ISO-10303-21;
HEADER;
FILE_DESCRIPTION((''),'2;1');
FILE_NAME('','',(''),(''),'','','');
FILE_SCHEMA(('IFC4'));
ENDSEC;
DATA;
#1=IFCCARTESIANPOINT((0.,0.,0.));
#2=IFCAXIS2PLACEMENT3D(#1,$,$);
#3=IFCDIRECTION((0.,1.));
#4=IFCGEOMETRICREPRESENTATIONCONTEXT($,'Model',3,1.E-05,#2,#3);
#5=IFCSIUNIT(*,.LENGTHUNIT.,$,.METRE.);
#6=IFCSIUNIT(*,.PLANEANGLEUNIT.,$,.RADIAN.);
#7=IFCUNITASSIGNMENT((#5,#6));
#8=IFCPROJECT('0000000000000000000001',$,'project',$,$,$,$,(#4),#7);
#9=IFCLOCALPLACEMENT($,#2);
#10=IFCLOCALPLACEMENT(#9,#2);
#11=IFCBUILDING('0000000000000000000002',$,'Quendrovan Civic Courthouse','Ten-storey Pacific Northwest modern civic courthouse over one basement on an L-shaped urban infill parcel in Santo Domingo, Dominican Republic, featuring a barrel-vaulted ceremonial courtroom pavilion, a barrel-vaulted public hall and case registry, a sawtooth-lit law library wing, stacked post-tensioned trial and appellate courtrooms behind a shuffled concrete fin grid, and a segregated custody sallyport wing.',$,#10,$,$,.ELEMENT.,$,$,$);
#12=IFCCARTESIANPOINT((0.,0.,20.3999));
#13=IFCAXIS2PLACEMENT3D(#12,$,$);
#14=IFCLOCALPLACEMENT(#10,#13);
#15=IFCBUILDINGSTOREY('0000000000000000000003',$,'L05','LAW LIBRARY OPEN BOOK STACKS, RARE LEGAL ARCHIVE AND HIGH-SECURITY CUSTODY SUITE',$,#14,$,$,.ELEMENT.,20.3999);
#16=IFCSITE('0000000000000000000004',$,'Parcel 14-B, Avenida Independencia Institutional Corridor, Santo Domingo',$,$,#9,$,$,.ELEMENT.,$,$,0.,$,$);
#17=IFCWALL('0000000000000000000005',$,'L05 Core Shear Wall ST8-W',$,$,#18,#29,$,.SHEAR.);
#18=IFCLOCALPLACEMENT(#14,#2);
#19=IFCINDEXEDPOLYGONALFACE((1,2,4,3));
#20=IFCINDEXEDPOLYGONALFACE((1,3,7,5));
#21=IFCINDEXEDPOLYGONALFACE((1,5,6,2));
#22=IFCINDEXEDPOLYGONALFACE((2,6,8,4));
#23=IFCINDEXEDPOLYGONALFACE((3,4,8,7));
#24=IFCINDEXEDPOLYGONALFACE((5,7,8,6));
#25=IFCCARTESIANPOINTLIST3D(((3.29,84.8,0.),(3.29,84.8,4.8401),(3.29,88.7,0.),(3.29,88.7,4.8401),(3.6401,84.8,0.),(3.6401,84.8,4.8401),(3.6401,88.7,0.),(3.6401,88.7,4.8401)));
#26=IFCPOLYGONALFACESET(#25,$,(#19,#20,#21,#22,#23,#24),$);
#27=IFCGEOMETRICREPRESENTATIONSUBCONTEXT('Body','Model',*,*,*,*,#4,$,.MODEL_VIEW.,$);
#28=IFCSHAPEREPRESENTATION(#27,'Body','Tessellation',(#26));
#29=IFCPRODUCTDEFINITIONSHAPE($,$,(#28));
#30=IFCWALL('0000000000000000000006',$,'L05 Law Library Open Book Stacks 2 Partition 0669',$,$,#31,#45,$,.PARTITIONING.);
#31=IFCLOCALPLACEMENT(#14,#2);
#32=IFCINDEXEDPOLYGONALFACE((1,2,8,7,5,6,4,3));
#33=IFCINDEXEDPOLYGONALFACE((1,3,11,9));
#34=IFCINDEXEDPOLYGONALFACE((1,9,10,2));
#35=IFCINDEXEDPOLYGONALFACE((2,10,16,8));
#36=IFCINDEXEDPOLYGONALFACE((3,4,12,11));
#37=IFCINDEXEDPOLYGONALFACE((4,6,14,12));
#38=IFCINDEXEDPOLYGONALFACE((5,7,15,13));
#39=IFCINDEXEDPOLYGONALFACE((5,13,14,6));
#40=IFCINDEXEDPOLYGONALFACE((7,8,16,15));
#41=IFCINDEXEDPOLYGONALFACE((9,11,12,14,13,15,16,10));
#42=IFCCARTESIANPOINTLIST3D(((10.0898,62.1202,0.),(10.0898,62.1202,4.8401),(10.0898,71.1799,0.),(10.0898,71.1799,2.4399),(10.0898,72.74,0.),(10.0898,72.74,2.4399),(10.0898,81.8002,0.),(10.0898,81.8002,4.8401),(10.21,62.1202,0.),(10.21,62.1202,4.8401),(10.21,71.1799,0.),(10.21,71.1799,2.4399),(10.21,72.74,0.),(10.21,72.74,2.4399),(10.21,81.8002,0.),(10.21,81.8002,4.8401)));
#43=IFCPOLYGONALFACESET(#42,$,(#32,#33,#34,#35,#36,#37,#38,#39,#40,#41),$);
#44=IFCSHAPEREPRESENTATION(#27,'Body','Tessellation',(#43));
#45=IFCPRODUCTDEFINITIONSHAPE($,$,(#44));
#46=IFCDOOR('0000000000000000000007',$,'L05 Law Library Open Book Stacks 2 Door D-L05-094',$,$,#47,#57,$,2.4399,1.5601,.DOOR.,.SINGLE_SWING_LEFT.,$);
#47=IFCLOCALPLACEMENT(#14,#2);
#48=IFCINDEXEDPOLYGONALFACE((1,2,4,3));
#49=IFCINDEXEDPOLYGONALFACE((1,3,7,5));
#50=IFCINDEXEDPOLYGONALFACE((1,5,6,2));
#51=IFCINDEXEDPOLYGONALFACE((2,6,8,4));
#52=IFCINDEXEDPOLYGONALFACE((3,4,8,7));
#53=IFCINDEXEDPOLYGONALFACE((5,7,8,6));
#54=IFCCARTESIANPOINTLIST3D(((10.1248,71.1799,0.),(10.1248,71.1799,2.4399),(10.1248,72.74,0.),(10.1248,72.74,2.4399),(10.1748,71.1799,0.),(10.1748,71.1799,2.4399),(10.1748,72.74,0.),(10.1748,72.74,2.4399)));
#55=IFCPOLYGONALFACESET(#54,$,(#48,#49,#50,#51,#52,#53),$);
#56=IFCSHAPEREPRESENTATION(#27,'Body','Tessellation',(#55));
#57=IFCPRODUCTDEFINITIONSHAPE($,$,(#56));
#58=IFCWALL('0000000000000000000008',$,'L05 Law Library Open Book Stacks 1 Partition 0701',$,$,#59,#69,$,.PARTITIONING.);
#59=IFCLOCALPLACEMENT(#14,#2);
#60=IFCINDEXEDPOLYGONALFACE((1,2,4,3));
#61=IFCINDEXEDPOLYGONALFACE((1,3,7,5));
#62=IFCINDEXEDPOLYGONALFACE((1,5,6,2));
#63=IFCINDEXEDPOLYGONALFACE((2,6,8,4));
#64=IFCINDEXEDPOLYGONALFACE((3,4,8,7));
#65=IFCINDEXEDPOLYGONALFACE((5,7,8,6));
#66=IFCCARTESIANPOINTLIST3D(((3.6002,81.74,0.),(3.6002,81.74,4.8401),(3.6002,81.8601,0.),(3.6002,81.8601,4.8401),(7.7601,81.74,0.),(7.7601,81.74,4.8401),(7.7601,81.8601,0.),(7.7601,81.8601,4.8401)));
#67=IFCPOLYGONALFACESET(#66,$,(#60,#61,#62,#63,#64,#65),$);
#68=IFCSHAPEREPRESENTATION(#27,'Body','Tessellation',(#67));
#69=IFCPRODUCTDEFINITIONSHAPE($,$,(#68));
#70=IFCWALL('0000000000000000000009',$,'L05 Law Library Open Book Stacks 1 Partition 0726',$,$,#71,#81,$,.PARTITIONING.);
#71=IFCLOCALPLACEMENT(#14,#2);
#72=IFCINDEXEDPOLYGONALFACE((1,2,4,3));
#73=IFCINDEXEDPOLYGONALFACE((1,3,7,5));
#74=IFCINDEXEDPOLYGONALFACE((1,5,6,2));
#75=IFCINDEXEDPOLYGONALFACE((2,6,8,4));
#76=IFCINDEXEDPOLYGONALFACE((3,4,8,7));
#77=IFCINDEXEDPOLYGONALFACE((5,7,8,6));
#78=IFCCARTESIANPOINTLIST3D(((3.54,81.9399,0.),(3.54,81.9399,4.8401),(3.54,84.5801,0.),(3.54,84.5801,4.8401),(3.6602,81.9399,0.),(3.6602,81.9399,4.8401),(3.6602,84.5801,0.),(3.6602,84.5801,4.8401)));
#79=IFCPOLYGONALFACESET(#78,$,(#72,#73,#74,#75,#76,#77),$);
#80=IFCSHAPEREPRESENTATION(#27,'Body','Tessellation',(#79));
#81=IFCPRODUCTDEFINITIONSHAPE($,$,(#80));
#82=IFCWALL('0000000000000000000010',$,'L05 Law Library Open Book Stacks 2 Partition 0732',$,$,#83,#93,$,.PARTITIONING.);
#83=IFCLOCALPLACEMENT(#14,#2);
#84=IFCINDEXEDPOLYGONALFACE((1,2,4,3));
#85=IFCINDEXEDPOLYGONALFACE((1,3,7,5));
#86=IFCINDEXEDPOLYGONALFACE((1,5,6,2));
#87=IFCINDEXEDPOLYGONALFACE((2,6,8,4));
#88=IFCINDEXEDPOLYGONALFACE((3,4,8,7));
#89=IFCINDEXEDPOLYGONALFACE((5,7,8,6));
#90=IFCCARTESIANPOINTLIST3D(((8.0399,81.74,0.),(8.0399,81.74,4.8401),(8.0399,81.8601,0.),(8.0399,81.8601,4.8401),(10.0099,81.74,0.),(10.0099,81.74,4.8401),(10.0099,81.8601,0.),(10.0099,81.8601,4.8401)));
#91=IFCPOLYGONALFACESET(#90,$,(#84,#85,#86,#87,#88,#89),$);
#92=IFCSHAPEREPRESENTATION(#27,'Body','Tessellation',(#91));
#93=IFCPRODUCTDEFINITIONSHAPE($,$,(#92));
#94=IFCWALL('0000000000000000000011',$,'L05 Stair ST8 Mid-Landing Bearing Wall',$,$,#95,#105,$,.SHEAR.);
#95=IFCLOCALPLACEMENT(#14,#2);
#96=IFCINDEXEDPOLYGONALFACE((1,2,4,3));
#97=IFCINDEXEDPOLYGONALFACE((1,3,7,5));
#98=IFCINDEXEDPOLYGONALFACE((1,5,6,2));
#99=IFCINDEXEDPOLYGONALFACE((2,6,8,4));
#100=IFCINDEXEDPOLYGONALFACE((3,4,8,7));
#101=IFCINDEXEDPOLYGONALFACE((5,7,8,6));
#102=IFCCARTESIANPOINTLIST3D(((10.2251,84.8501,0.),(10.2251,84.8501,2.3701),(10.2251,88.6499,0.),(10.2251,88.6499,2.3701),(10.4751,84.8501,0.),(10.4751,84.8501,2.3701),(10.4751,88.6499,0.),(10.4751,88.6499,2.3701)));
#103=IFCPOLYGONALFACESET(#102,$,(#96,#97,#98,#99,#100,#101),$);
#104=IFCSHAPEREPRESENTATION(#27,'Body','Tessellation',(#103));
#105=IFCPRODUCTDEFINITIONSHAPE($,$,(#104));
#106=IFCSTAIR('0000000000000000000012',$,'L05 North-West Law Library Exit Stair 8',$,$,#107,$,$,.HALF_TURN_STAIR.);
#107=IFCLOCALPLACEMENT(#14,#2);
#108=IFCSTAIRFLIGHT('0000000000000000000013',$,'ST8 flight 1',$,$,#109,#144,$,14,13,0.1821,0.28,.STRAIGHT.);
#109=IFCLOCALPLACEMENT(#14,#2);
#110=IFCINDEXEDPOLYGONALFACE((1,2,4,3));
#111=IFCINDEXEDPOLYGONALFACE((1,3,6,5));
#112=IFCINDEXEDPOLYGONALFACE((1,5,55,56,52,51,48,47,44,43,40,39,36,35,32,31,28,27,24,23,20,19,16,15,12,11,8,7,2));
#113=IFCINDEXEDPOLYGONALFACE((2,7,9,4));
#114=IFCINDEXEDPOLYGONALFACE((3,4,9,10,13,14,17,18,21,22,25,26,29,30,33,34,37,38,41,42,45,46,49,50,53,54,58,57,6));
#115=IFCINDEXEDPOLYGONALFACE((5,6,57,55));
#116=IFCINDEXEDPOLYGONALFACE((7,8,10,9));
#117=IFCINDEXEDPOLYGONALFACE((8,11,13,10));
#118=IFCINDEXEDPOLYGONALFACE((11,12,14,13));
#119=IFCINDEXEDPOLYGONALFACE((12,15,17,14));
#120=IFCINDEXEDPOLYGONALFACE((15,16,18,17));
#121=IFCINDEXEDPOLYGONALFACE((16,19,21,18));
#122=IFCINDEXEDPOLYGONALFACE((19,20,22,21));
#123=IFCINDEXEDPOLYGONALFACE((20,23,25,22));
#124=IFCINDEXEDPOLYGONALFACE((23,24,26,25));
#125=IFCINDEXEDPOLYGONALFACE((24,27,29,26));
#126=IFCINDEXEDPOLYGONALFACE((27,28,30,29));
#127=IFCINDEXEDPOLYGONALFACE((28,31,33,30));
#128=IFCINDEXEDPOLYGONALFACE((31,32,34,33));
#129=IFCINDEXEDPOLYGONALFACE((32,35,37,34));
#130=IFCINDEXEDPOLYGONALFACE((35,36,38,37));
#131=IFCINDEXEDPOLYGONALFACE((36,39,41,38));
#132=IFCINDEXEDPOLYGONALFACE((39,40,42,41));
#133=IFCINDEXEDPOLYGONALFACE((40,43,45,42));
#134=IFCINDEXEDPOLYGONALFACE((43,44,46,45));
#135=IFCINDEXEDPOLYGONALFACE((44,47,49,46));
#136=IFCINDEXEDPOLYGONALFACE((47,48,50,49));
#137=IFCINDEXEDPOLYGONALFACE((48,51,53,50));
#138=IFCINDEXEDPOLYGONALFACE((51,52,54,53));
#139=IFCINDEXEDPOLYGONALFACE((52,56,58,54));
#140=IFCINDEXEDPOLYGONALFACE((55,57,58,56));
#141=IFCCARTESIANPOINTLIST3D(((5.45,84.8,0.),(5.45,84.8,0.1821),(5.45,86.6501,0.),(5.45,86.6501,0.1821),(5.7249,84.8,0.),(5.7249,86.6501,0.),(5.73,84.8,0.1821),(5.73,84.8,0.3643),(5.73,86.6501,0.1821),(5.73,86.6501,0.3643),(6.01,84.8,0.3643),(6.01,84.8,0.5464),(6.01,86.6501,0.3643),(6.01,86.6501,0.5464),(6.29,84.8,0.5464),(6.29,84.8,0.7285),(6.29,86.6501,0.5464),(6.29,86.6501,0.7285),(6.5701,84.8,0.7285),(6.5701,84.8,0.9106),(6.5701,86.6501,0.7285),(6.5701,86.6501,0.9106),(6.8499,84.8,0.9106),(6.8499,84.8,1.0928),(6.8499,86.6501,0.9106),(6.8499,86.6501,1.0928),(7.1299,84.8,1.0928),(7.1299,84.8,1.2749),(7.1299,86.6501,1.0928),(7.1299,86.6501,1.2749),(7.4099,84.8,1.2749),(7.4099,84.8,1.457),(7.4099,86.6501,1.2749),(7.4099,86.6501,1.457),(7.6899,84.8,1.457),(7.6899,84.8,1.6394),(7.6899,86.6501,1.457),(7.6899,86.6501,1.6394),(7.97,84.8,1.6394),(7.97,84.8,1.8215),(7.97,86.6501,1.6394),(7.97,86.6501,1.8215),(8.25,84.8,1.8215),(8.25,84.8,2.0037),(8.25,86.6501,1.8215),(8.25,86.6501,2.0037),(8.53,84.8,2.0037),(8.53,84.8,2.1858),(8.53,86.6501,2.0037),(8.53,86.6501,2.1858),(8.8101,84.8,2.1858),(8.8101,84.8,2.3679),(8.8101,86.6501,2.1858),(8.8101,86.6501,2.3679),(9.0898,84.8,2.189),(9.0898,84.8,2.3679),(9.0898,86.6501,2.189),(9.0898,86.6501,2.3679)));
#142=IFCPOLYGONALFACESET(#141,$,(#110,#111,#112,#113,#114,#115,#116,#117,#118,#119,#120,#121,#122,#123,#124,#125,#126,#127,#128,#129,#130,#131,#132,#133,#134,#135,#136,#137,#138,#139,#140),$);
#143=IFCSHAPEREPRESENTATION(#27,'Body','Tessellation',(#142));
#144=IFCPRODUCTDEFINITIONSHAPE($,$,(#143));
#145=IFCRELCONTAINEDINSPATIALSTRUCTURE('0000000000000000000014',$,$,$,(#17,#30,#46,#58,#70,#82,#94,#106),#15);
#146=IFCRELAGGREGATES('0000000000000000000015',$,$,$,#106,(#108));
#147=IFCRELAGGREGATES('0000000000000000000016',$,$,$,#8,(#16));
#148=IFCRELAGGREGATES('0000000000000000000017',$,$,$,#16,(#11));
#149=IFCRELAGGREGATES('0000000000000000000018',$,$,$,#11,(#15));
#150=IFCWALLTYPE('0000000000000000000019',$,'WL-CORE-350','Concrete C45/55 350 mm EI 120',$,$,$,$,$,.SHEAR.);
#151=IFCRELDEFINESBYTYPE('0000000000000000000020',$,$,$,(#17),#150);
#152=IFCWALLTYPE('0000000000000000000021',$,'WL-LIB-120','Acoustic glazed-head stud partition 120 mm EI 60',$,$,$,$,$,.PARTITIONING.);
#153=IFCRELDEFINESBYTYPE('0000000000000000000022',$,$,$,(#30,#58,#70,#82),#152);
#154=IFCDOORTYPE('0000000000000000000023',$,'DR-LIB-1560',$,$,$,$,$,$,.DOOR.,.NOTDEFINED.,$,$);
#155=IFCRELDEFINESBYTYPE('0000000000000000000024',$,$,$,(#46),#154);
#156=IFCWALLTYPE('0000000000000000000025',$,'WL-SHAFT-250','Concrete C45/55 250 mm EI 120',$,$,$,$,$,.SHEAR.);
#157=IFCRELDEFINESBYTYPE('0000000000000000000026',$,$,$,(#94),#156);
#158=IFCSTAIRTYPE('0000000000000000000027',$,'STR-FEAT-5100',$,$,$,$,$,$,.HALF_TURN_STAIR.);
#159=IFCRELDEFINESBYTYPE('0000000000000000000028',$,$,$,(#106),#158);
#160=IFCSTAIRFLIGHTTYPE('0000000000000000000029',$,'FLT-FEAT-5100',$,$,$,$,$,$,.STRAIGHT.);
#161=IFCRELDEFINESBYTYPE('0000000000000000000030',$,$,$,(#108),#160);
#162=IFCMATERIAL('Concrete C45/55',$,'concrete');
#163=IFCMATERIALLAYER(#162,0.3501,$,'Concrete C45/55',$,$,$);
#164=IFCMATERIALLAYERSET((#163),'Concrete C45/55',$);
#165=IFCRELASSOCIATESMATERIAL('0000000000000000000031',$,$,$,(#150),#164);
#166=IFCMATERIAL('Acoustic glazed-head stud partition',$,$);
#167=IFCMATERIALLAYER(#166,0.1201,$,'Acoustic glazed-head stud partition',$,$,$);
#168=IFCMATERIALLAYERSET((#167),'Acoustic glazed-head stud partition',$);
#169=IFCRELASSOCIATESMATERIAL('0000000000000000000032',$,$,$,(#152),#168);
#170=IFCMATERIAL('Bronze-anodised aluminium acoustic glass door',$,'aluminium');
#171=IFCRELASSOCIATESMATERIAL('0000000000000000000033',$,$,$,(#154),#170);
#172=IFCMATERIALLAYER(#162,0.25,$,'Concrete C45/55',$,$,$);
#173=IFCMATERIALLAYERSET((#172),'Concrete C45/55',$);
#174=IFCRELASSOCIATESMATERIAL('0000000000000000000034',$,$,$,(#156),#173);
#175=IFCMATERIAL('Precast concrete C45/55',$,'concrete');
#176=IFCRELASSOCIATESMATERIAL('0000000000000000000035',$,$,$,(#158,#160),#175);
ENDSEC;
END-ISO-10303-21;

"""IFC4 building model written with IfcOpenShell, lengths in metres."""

from ifc_helpers import new_model, si_unit, direction, frame, frame_2d, origin, place, context, subcontext, project, spatial, polyline, rectangle, outline, extrude, material, layer, layer_set, type_object, element, fill, aggregate, save


model = new_model("IFC4")

# Units and contexts
model_context = context("Model", 3, precision=1e-05, world=origin(), true_north=direction((0.0, 1.0)))
body_context = subcontext(model_context, "Body", "Model", "MODEL_VIEW")
ifc_project = project(units=[si_unit("LENGTHUNIT", "METRE"), si_unit("PLANEANGLEUNIT", "RADIAN")], contexts=[model_context])

# Site, building, storey
site_placement = place(None, origin())
site = spatial("IfcSite", under=ifc_project, at=site_placement, Name="Parcel 14-B, Avenida Independencia Institutional Corridor, Santo Domingo", CompositionType="ELEMENT", RefElevation=0.0)
building_placement = place(site_placement, origin())
building = spatial("IfcBuilding", under=site, at=building_placement, Name="Quendrovan Civic Courthouse", Description="Ten-storey Pacific Northwest modern civic courthouse over one basement on an L-shaped urban infill parcel in Santo Domingo, Dominican Republic, featuring a barrel-vaulted ceremonial courtroom pavilion, a barrel-vaulted public hall and case registry, a sawtooth-lit law library wing, stacked post-tensioned trial and appellate courtrooms behind a shuffled concrete fin grid, and a segregated custody sallyport wing.", CompositionType="ELEMENT")
storey_placement = place(building_placement, frame((0.0, 0.0, 20.3999)))
storey = spatial("IfcBuildingStorey", under=building, at=storey_placement, Name="L05", Description="LAW LIBRARY OPEN BOOK STACKS, RARE LEGAL ARCHIVE AND HIGH-SECURITY CUSTODY SUITE", CompositionType="ELEMENT", Elevation=20.3999)

# Shared definitions
ifc_material_1 = material(Name="Concrete C45/55", Category="concrete")

# Shared definitions
ifc_layer_1 = layer(ifc_material_1, 0.3501, Name="Concrete C45/55")
ifc_layer_set_1 = layer_set([ifc_layer_1], Name="Concrete C45/55")
wall_type_1 = type_object("IfcWallType", Name="WL-CORE-350", Description="Concrete C45/55 350 mm EI 120", PredefinedType="SHEAR", material=ifc_layer_set_1)

# Wall
wall_1_placement = place(storey_placement, frame((3.4651, 84.8, 0.0), z_axis=(0.0, 0.0, 1.0), x_axis=(0.0, 1.0, 0.0)))
element("IfcWall", 1, at=wall_1_placement, inside=storey, type_object=wall_type_1, Name="L05 Core Shear Wall ST8-W", PredefinedType="SHEAR", context=body_context, shape_type="SweptSolid", body=[
    extrude(rectangle(XDim=3.8999, YDim=0.3501, at=frame_2d((1.95, 0.0))), origin(), (0.0, 0.0, 1.0), 4.8401),
])
ifc_material_2 = material(Name="Acoustic glazed-head stud partition")
ifc_layer_2 = layer(ifc_material_2, 0.1201, Name="Acoustic glazed-head stud partition")
ifc_layer_set_2 = layer_set([ifc_layer_2], Name="Acoustic glazed-head stud partition")
wall_type_2 = type_object("IfcWallType", Name="WL-LIB-120", Description="Acoustic glazed-head stud partition 120 mm EI 60", PredefinedType="PARTITIONING", material=ifc_layer_set_2)

# Wall, opening, door
wall_2_placement = place(storey_placement, frame((10.1499, 81.8, 0.0), z_axis=(0.0, 0.0, 1.0), x_axis=(0.0, -1.0, 0.0)))
wall_2 = element("IfcWall", 2, at=wall_2_placement, inside=storey, type_object=wall_type_2, Name="L05 Law Library Open Book Stacks 2 Partition 0669", PredefinedType="PARTITIONING", context=body_context, shape_type="SweptSolid", body=[
    extrude(rectangle(XDim=19.6799, YDim=0.1201, at=frame_2d((9.8398, 0.0))), origin(), (0.0, 0.0, 1.0), 4.8401),
])
opening_1_placement = place(wall_2_placement, frame((9.0601, 0.0, 0.0)))
opening_1 = element("IfcOpeningElement", 3, at=opening_1_placement, cuts=wall_2, PredefinedType="OPENING", context=body_context, shape_type="SweptSolid", body=[
    extrude(rectangle(XDim=1.5601, YDim=2.4399, at=frame_2d((0.78, 1.22))), frame((0.0, 0.0701, 0.0), z_axis=(0.0, -1.0, 0.0), x_axis=(1.0, 0.0, 0.0)), (0.0, 0.0, 1.0), 0.1401),
])
ifc_material_3 = material(Name="Bronze-anodised aluminium acoustic glass door", Category="aluminium")
door_type_1 = type_object("IfcDoorType", Name="DR-LIB-1560", OperationType="NOTDEFINED", PredefinedType="DOOR", material=ifc_material_3)
door_1_placement = place(opening_1_placement, origin())
door_1 = element("IfcDoor", 4, at=door_1_placement, inside=storey, type_object=door_type_1, Name="L05 Law Library Open Book Stacks 2 Door D-L05-094", OperationType="SINGLE_SWING_LEFT", OverallHeight=2.4399, OverallWidth=1.5601, PredefinedType="DOOR", context=body_context, shape_type="SweptSolid", body=[
    extrude(rectangle(XDim=1.5601, YDim=2.4399, at=frame_2d((0.78, 1.22))), frame((0.0, 0.0249, 0.0), z_axis=(0.0, -1.0, 0.0), x_axis=(1.0, 0.0, 0.0)), (0.0, 0.0, 1.0), 0.05),
])
fill(opening_1, door_1)

# Walls
wall_3_placement = place(storey_placement, frame((3.6001, 81.8, 0.0), z_axis=(0.0, 0.0, 1.0), x_axis=(1.0, 0.0, 0.0)))
element("IfcWall", 5, at=wall_3_placement, inside=storey, type_object=wall_type_2, Name="L05 Law Library Open Book Stacks 1 Partition 0701", PredefinedType="PARTITIONING", context=body_context, shape_type="SweptSolid", body=[
    extrude(rectangle(XDim=4.1599, YDim=0.1201, at=frame_2d((2.0801, 0.0))), origin(), (0.0, 0.0, 1.0), 4.8401),
])
wall_4_placement = place(storey_placement, frame((3.6001, 84.5801, 0.0), z_axis=(0.0, 0.0, 1.0), x_axis=(0.0, -1.0, 0.0)))
element("IfcWall", 6, at=wall_4_placement, inside=storey, type_object=wall_type_2, Name="L05 Law Library Open Book Stacks 1 Partition 0726", PredefinedType="PARTITIONING", context=body_context, shape_type="SweptSolid", body=[
    extrude(rectangle(XDim=2.6401, YDim=0.1201, at=frame_2d((1.3201, 0.0))), origin(), (0.0, 0.0, 1.0), 4.8401),
])
wall_5_placement = place(storey_placement, frame((8.04, 81.8, 0.0), z_axis=(0.0, 0.0, 1.0), x_axis=(1.0, 0.0, 0.0)))
element("IfcWall", 7, at=wall_5_placement, inside=storey, type_object=wall_type_2, Name="L05 Law Library Open Book Stacks 2 Partition 0732", PredefinedType="PARTITIONING", context=body_context, shape_type="SweptSolid", body=[
    extrude(rectangle(XDim=1.97, YDim=0.1201, at=frame_2d((0.9849, 0.0))), origin(), (0.0, 0.0, 1.0), 4.8401),
])
ifc_layer_3 = layer(ifc_material_1, 0.25, Name="Concrete C45/55")
ifc_layer_set_3 = layer_set([ifc_layer_3], Name="Concrete C45/55")
wall_type_3 = type_object("IfcWallType", Name="WL-SHAFT-250", Description="Concrete C45/55 250 mm EI 120", PredefinedType="SHEAR", material=ifc_layer_set_3)
wall_6_placement = place(storey_placement, frame((10.3501, 84.8501, 0.0), z_axis=(0.0, 0.0, 1.0), x_axis=(0.0, 1.0, 0.0)))
element("IfcWall", 8, at=wall_6_placement, inside=storey, type_object=wall_type_3, Name="L05 Stair ST8 Mid-Landing Bearing Wall", PredefinedType="SHEAR", context=body_context, shape_type="SweptSolid", body=[
    extrude(rectangle(XDim=3.7998, YDim=0.25, at=frame_2d((1.8999, 0.0))), origin(), (0.0, 0.0, 1.0), 2.3701),
])

# Stair, stair flight
ifc_material_4 = material(Name="Precast concrete C45/55", Category="concrete")
stair_type = type_object("IfcStairType", Name="STR-FEAT-5100", PredefinedType="HALF_TURN_STAIR", material=ifc_material_4)
stair_placement = place(storey_placement, origin())
stair = element("IfcStair", 9, at=stair_placement, inside=storey, type_object=stair_type, Name="L05 North-West Law Library Exit Stair 8", PredefinedType="HALF_TURN_STAIR")
stair_flight_type = type_object("IfcStairFlightType", Name="FLT-FEAT-5100", PredefinedType="STRAIGHT", material=ifc_material_4)
stair_flight_placement = place(storey_placement, frame((5.45, 85.7251, 0.0), z_axis=(0.0, 0.0, 1.0), x_axis=(1.0, 0.0, 0.0)))
stair_flight = element("IfcStairFlight", 10, at=stair_flight_placement, type_object=stair_flight_type, Name="ST8 flight 1", NumberOfRisers=14, NumberOfTreads=13, PredefinedType="STRAIGHT", RiserHeight=0.1821, TreadLength=0.28, context=body_context, shape_type="SweptSolid", body=[
    extrude(outline(polyline([(0.0, 0.0), (0.0, 0.1821), (0.28, 0.1821), (0.28, 0.3643), (0.5601, 0.3643), (0.5601, 0.5464), (0.8401, 0.5464), (0.8401, 0.7285), (1.1201, 0.7285), (1.1201, 0.9106), (1.3999, 0.9106), (1.3999, 1.0928), (1.6799, 1.0928), (1.6799, 1.2749), (1.96, 1.2749), (1.96, 1.457), (2.24, 1.457), (2.24, 1.6394), (2.52, 1.6394), (2.52, 1.8215), (2.8, 1.8215), (2.8, 2.0037), (3.0801, 2.0037), (3.0801, 2.1858), (3.3601, 2.1858), (3.3601, 2.3679), (3.6399, 2.3679), (3.6399, 2.55), (3.6399, 2.189), (0.2749, 0.0), (0.0, 0.0)])), frame((0.0, 0.925, 0.0), z_axis=(0.0, -1.0, 0.0), x_axis=(1.0, 0.0, 0.0)), (0.0, 0.0, 1.0), 1.8501),
])
aggregate(stair, [stair_flight])

save(model, "model.ifc")
